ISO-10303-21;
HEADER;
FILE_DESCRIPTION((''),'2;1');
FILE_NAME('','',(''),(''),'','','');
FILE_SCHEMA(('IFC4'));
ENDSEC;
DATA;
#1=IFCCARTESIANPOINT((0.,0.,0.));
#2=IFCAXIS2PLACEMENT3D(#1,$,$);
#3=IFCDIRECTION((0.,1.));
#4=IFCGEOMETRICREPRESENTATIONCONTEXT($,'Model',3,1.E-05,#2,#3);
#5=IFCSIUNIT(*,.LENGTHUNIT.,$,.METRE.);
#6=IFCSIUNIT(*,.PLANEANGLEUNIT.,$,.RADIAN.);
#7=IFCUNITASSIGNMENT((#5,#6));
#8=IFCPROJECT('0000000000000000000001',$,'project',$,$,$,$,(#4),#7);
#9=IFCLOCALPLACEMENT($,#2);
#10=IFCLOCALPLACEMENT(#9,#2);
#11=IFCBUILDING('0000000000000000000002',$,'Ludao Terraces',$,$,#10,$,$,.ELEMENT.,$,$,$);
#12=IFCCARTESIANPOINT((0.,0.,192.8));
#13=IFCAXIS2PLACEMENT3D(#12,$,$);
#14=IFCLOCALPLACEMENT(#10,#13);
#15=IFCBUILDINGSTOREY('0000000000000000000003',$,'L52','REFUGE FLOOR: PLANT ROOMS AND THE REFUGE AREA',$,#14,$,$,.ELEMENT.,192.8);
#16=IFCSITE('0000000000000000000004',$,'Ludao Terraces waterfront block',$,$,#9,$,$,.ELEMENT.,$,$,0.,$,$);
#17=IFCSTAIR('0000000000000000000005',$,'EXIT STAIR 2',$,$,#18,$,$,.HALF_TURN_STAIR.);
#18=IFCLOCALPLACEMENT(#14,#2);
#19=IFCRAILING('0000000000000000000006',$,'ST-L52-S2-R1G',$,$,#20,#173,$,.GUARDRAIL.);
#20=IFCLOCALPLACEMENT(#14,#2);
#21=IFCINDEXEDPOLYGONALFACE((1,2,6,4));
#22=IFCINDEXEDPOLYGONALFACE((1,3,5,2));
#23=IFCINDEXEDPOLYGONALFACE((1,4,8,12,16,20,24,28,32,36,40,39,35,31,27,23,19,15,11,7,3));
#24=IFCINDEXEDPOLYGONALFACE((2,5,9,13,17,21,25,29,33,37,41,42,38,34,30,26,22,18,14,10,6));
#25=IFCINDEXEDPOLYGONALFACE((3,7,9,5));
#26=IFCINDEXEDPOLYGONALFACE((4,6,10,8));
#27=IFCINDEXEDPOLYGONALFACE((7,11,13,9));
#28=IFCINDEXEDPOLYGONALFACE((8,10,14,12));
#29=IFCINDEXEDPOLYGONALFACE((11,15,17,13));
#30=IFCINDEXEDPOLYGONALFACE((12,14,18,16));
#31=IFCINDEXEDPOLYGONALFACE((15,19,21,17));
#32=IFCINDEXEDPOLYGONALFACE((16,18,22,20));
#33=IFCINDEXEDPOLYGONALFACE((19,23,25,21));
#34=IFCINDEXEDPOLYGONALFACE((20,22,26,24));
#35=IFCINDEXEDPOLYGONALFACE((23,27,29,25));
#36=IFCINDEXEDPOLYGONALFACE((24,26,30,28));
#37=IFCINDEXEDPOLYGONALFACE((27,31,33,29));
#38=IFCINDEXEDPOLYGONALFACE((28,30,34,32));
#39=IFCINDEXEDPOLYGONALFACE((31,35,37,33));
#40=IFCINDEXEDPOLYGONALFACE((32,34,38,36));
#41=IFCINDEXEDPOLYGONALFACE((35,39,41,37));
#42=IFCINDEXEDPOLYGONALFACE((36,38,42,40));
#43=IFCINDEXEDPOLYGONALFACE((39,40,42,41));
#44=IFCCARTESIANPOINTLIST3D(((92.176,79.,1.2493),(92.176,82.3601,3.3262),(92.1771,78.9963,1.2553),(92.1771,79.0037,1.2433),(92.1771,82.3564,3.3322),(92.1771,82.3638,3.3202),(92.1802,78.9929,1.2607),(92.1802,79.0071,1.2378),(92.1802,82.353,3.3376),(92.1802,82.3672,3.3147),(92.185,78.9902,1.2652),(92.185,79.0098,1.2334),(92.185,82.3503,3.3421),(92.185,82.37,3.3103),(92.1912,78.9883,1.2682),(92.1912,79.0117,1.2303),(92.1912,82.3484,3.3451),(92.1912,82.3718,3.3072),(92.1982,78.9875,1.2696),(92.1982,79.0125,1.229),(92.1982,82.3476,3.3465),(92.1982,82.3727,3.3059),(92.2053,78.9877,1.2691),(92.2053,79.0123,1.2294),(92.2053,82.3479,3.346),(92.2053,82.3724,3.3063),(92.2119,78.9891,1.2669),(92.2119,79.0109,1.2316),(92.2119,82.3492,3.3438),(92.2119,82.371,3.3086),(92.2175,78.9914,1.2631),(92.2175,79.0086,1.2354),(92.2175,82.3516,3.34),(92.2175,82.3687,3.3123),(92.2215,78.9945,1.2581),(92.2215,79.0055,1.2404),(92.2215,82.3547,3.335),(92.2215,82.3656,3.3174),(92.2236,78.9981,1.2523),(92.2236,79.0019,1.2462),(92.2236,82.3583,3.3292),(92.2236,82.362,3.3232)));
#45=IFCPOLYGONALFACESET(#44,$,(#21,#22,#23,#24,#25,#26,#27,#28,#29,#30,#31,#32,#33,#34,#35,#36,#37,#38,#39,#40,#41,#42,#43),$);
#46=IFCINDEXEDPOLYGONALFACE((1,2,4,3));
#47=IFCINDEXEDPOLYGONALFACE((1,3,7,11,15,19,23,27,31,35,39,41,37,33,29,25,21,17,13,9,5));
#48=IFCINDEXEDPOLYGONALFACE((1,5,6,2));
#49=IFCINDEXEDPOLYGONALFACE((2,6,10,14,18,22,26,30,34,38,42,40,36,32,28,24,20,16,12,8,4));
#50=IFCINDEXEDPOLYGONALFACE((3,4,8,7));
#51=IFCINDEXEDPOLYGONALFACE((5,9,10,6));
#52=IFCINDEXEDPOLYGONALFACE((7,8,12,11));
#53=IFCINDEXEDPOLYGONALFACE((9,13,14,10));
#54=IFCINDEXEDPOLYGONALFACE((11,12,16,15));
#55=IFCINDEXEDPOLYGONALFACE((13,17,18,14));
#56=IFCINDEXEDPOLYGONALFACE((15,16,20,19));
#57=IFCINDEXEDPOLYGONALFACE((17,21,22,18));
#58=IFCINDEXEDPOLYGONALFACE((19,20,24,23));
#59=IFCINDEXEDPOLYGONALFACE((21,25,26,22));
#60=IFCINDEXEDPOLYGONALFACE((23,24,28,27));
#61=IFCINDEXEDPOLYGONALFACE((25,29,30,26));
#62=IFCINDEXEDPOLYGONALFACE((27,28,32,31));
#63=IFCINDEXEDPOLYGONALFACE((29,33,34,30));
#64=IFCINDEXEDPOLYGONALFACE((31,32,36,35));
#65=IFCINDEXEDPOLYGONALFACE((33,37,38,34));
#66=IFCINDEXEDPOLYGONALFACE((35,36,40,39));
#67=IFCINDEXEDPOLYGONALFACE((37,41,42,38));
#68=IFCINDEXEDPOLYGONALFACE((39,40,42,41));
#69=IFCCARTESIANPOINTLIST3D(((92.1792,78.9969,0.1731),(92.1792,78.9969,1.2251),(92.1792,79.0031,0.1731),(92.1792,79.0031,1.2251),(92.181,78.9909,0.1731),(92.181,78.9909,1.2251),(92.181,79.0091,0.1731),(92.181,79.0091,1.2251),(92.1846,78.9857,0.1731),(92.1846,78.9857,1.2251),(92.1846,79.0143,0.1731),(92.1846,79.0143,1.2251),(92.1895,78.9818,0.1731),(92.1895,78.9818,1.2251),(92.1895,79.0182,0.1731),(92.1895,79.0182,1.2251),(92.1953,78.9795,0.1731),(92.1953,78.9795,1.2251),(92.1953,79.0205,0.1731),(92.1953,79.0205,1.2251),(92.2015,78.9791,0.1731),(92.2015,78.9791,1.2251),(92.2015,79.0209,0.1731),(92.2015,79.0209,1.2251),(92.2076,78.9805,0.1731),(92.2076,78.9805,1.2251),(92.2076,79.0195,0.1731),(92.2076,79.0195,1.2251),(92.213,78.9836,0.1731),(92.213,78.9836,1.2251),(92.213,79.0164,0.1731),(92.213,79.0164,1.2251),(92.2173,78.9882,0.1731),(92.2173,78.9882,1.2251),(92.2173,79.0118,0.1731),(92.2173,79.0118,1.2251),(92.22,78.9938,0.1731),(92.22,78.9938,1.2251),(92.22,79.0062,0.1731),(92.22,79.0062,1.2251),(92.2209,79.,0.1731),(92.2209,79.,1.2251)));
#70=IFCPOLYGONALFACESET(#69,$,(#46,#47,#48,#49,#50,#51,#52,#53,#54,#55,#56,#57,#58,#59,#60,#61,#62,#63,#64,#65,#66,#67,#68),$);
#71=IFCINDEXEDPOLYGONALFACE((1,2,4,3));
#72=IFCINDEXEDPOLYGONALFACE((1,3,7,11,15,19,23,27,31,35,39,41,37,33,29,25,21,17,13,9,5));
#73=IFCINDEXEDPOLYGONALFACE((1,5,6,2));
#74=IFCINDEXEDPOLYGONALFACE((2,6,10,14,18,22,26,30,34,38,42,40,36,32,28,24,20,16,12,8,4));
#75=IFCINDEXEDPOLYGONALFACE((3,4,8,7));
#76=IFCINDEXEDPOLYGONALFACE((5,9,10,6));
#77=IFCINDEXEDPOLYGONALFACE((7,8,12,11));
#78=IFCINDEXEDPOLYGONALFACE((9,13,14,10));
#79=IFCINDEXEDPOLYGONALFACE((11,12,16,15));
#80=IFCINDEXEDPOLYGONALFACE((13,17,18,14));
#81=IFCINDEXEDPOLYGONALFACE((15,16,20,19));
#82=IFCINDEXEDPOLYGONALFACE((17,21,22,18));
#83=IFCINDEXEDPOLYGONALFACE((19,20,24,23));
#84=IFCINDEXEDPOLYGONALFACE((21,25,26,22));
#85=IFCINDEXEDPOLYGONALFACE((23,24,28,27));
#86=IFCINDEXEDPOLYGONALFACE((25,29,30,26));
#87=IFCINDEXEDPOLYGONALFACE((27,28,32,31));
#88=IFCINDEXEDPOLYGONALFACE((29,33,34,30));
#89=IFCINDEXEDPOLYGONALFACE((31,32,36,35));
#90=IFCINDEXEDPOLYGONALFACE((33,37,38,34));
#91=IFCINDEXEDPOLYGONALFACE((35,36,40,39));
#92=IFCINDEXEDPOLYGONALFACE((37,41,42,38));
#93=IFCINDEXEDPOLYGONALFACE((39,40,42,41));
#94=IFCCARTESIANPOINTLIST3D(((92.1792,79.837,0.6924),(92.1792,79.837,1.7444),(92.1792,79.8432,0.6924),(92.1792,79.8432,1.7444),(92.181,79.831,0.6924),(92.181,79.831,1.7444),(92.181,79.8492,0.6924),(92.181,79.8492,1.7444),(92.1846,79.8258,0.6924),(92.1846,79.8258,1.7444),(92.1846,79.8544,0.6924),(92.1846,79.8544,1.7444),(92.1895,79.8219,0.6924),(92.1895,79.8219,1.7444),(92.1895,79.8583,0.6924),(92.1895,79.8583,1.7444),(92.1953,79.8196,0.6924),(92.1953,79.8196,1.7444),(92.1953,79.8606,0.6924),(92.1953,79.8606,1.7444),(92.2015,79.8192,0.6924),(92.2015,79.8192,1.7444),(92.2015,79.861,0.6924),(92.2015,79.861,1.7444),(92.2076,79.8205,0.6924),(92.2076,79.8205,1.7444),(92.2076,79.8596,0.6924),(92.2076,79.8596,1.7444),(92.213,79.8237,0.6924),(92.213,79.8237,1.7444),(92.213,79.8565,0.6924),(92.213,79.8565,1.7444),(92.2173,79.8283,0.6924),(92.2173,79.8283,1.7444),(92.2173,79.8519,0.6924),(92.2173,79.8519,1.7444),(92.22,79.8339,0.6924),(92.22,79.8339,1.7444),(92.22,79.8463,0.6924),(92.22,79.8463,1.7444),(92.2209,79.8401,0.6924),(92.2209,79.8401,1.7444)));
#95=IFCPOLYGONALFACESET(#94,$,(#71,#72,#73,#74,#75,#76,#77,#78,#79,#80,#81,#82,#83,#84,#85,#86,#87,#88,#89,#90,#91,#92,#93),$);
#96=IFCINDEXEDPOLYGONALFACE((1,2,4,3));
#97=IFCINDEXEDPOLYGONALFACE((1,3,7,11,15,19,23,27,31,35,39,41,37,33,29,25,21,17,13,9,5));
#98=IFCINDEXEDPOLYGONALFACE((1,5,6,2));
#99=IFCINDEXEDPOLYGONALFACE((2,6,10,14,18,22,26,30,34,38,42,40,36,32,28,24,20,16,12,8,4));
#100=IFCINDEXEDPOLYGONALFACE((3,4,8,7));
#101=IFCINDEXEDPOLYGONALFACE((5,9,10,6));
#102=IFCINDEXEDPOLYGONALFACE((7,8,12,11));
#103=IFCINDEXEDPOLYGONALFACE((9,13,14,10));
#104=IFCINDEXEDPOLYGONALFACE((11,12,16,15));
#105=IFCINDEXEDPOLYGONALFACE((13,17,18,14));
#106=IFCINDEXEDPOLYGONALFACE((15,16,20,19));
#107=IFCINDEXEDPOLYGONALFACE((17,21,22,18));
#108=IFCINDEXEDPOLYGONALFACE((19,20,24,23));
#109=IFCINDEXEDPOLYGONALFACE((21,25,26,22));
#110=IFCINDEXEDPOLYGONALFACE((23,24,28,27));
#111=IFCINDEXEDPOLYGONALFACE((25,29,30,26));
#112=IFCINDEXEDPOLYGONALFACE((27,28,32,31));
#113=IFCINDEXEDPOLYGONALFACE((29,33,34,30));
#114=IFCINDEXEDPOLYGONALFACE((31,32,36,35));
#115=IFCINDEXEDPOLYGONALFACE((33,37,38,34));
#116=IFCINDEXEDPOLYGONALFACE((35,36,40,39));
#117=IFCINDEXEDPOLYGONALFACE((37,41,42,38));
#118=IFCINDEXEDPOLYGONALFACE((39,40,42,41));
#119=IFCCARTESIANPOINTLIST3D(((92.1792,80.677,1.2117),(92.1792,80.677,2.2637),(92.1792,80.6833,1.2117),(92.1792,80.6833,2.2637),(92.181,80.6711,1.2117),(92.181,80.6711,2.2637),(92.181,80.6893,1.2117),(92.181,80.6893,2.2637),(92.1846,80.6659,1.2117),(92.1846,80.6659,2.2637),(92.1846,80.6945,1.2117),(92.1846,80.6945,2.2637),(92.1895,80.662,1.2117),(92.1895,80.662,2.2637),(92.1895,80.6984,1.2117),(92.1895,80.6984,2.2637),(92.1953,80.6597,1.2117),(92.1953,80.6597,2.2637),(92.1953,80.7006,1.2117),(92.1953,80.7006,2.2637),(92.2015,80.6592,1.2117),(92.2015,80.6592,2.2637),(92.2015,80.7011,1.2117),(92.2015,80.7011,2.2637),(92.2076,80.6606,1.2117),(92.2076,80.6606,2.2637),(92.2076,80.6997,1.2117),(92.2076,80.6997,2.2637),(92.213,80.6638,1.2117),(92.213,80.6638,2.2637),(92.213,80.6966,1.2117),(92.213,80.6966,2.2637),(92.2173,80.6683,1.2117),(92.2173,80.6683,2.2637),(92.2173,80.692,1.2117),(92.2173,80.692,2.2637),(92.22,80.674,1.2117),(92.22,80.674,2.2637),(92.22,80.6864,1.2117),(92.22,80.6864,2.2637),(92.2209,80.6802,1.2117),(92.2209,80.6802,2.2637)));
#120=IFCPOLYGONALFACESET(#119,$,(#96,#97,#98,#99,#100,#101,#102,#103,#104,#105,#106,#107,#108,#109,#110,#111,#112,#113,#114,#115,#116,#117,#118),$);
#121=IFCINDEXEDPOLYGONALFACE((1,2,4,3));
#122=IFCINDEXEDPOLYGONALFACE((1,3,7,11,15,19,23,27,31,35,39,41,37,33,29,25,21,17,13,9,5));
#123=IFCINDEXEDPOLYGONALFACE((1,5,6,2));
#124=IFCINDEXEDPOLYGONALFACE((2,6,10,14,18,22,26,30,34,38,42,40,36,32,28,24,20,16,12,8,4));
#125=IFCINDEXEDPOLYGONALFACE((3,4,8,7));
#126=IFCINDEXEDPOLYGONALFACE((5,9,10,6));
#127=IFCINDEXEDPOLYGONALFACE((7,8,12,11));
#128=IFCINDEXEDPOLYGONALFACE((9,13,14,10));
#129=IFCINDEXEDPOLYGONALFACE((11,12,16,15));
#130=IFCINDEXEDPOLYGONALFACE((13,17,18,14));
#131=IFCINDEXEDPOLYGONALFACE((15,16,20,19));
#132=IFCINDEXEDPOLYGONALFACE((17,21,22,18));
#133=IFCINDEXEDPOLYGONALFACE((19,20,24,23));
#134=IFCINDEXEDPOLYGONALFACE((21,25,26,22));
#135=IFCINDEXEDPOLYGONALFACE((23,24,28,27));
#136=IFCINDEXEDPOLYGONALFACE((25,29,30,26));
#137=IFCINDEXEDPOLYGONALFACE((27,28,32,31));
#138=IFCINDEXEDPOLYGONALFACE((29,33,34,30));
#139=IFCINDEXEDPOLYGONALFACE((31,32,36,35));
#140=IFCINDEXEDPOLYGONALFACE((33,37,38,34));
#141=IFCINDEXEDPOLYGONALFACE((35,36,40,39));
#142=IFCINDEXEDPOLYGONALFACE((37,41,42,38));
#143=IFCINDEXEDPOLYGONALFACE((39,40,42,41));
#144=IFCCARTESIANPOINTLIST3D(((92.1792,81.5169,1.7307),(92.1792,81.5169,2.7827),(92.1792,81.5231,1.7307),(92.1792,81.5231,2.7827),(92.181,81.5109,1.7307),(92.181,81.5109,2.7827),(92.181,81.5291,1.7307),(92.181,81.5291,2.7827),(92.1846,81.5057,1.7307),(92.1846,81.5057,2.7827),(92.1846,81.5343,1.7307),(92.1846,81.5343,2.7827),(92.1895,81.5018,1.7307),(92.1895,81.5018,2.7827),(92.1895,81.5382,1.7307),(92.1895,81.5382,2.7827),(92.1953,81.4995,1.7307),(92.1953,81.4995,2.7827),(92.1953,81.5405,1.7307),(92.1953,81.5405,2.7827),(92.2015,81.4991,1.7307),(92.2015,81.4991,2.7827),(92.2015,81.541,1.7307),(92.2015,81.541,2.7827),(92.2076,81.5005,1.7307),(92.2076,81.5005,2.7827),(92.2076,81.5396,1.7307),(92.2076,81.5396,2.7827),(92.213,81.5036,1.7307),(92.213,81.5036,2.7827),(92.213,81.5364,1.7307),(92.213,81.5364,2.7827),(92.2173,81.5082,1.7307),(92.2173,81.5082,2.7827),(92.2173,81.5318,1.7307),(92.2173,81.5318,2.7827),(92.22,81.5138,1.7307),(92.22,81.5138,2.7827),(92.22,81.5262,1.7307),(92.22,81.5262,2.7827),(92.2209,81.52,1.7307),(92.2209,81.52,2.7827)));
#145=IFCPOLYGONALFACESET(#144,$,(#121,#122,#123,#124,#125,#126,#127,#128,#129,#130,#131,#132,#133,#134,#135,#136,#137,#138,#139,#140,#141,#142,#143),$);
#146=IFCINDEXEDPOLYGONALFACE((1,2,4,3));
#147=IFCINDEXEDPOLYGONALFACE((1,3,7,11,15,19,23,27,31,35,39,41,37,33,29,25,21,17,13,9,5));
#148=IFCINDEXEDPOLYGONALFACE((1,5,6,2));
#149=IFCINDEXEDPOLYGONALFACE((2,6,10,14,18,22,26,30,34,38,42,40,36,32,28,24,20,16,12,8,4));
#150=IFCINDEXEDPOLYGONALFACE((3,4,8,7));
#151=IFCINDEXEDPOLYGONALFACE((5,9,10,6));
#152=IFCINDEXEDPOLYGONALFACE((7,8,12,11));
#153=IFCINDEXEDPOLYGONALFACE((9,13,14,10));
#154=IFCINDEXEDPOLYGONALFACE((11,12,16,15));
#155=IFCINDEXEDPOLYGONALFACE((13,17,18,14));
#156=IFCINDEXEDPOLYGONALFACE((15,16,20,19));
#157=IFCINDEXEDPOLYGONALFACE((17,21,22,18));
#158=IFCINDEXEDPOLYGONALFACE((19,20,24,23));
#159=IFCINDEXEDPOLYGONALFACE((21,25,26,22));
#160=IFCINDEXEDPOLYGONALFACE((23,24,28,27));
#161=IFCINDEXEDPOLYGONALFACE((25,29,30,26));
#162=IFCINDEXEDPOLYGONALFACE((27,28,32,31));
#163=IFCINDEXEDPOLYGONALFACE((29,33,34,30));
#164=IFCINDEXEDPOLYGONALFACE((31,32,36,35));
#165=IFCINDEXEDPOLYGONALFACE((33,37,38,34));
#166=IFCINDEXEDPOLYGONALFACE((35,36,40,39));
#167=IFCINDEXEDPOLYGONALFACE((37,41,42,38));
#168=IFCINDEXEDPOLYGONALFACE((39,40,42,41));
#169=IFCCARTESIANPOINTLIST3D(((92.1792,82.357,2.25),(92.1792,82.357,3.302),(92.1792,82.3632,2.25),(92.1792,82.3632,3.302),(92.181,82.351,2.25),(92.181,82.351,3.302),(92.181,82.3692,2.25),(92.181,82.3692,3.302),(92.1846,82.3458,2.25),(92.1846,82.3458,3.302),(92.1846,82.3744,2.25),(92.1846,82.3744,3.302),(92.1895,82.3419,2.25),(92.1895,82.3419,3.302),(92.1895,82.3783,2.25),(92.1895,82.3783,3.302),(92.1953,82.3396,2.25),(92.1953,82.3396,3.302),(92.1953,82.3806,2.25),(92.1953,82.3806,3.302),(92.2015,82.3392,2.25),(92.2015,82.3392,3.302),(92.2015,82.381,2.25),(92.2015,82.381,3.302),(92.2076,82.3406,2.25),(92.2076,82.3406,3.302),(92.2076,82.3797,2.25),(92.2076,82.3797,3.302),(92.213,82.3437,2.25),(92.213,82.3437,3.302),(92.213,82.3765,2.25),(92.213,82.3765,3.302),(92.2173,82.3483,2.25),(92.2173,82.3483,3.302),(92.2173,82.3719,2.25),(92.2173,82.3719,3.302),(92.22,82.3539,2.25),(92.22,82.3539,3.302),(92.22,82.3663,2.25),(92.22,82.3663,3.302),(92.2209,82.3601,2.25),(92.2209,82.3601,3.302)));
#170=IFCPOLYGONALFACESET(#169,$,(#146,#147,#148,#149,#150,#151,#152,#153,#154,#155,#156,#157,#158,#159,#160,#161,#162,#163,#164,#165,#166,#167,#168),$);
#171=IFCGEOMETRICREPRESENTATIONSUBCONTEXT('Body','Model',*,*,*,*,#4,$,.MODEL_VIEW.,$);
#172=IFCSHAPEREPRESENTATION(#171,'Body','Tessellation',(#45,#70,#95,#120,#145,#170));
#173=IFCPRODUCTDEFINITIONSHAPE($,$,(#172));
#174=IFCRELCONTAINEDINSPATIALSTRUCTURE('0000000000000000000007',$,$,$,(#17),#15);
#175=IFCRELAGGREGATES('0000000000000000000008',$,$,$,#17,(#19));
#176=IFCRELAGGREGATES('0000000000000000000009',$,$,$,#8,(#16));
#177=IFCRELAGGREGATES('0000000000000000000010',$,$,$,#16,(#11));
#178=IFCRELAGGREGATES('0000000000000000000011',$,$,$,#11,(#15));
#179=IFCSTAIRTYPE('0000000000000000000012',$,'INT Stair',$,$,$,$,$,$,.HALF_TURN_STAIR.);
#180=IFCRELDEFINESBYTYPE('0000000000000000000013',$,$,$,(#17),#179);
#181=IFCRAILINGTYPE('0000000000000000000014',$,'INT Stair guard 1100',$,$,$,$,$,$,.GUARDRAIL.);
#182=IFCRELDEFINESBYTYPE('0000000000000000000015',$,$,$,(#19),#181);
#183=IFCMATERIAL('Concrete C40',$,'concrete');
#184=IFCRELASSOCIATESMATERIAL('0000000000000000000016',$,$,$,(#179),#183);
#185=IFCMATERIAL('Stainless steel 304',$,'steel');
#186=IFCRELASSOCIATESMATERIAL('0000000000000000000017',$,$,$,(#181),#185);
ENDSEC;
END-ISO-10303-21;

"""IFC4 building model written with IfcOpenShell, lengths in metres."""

from ifc_helpers import new_model, si_unit, direction, frame, origin, origin_2d, place, context, subcontext, project, spatial, circle, extrude, material, type_object, element, aggregate, save


model = new_model("IFC4")

# Units and contexts
model_context = context("Model", 3, precision=1e-05, world=origin(), true_north=direction((0.0, 1.0)))
body_context = subcontext(model_context, "Body", "Model", "MODEL_VIEW")
ifc_project = project(units=[si_unit("LENGTHUNIT", "METRE"), si_unit("PLANEANGLEUNIT", "RADIAN")], contexts=[model_context])

# Site, building, storey
site_placement = place(None, origin())
site = spatial("IfcSite", under=ifc_project, at=site_placement, Name="Ludao Terraces waterfront block", CompositionType="ELEMENT", RefElevation=0.0)
building_placement = place(site_placement, origin())
building = spatial("IfcBuilding", under=site, at=building_placement, Name="Ludao Terraces", CompositionType="ELEMENT")
storey_placement = place(building_placement, frame((0.0, 0.0, 192.8)))
storey = spatial("IfcBuildingStorey", under=building, at=storey_placement, Name="L52", Description="REFUGE FLOOR: PLANT ROOMS AND THE REFUGE AREA", CompositionType="ELEMENT", Elevation=192.8)

# Shared definitions
ifc_material_1 = material(Name="Stainless steel 304", Category="steel")

# Stair, railing
ifc_material_2 = material(Name="Concrete C40", Category="concrete")
stair_type = type_object("IfcStairType", Name="INT Stair", PredefinedType="HALF_TURN_STAIR", material=ifc_material_2)
stair_placement = place(storey_placement, origin())
stair = element("IfcStair", 1, at=stair_placement, inside=storey, type_object=stair_type, Name="EXIT STAIR 2", PredefinedType="HALF_TURN_STAIR")
railing_type_1 = type_object("IfcRailingType", Name="INT Stair guard 1100", PredefinedType="GUARDRAIL", material=ifc_material_1)
railing_1_placement = place(storey_placement, frame((92.2, 79.0, 0.1731)))
railing_1 = element("IfcRailing", 2, at=railing_1_placement, type_object=railing_type_1, Name="ST-L52-S2-R1G", PredefinedType="GUARDRAIL", context=body_context, shape_type="SweptSolid", body=[
    extrude(circle(Radius=0.0239, at=origin_2d()), frame((0.0, 0.0, 1.0762), z_axis=(0.0, 0.850623, 0.525776), x_axis=(-1.0, 0.0, 0.0)), (0.0, 0.0, 1.0), 3.9502),
    extrude(circle(Radius=0.021, at=origin_2d()), origin(), (0.0, 0.0, 1.0), 1.052),
    extrude(circle(Radius=0.021, at=origin_2d()), frame((0.0, 0.8401, 0.5193)), (0.0, 0.0, 1.0), 1.052),
    extrude(circle(Radius=0.021, at=origin_2d()), frame((0.0, 1.6802, 1.0386)), (0.0, 0.0, 1.0), 1.052),
    extrude(circle(Radius=0.021, at=origin_2d()), frame((0.0, 2.52, 1.5576)), (0.0, 0.0, 1.0), 1.052),
    extrude(circle(Radius=0.021, at=origin_2d()), frame((0.0, 3.3601, 2.0769)), (0.0, 0.0, 1.0), 1.052),
])
aggregate(stair, [railing_1])

save(model, "model.ifc")
